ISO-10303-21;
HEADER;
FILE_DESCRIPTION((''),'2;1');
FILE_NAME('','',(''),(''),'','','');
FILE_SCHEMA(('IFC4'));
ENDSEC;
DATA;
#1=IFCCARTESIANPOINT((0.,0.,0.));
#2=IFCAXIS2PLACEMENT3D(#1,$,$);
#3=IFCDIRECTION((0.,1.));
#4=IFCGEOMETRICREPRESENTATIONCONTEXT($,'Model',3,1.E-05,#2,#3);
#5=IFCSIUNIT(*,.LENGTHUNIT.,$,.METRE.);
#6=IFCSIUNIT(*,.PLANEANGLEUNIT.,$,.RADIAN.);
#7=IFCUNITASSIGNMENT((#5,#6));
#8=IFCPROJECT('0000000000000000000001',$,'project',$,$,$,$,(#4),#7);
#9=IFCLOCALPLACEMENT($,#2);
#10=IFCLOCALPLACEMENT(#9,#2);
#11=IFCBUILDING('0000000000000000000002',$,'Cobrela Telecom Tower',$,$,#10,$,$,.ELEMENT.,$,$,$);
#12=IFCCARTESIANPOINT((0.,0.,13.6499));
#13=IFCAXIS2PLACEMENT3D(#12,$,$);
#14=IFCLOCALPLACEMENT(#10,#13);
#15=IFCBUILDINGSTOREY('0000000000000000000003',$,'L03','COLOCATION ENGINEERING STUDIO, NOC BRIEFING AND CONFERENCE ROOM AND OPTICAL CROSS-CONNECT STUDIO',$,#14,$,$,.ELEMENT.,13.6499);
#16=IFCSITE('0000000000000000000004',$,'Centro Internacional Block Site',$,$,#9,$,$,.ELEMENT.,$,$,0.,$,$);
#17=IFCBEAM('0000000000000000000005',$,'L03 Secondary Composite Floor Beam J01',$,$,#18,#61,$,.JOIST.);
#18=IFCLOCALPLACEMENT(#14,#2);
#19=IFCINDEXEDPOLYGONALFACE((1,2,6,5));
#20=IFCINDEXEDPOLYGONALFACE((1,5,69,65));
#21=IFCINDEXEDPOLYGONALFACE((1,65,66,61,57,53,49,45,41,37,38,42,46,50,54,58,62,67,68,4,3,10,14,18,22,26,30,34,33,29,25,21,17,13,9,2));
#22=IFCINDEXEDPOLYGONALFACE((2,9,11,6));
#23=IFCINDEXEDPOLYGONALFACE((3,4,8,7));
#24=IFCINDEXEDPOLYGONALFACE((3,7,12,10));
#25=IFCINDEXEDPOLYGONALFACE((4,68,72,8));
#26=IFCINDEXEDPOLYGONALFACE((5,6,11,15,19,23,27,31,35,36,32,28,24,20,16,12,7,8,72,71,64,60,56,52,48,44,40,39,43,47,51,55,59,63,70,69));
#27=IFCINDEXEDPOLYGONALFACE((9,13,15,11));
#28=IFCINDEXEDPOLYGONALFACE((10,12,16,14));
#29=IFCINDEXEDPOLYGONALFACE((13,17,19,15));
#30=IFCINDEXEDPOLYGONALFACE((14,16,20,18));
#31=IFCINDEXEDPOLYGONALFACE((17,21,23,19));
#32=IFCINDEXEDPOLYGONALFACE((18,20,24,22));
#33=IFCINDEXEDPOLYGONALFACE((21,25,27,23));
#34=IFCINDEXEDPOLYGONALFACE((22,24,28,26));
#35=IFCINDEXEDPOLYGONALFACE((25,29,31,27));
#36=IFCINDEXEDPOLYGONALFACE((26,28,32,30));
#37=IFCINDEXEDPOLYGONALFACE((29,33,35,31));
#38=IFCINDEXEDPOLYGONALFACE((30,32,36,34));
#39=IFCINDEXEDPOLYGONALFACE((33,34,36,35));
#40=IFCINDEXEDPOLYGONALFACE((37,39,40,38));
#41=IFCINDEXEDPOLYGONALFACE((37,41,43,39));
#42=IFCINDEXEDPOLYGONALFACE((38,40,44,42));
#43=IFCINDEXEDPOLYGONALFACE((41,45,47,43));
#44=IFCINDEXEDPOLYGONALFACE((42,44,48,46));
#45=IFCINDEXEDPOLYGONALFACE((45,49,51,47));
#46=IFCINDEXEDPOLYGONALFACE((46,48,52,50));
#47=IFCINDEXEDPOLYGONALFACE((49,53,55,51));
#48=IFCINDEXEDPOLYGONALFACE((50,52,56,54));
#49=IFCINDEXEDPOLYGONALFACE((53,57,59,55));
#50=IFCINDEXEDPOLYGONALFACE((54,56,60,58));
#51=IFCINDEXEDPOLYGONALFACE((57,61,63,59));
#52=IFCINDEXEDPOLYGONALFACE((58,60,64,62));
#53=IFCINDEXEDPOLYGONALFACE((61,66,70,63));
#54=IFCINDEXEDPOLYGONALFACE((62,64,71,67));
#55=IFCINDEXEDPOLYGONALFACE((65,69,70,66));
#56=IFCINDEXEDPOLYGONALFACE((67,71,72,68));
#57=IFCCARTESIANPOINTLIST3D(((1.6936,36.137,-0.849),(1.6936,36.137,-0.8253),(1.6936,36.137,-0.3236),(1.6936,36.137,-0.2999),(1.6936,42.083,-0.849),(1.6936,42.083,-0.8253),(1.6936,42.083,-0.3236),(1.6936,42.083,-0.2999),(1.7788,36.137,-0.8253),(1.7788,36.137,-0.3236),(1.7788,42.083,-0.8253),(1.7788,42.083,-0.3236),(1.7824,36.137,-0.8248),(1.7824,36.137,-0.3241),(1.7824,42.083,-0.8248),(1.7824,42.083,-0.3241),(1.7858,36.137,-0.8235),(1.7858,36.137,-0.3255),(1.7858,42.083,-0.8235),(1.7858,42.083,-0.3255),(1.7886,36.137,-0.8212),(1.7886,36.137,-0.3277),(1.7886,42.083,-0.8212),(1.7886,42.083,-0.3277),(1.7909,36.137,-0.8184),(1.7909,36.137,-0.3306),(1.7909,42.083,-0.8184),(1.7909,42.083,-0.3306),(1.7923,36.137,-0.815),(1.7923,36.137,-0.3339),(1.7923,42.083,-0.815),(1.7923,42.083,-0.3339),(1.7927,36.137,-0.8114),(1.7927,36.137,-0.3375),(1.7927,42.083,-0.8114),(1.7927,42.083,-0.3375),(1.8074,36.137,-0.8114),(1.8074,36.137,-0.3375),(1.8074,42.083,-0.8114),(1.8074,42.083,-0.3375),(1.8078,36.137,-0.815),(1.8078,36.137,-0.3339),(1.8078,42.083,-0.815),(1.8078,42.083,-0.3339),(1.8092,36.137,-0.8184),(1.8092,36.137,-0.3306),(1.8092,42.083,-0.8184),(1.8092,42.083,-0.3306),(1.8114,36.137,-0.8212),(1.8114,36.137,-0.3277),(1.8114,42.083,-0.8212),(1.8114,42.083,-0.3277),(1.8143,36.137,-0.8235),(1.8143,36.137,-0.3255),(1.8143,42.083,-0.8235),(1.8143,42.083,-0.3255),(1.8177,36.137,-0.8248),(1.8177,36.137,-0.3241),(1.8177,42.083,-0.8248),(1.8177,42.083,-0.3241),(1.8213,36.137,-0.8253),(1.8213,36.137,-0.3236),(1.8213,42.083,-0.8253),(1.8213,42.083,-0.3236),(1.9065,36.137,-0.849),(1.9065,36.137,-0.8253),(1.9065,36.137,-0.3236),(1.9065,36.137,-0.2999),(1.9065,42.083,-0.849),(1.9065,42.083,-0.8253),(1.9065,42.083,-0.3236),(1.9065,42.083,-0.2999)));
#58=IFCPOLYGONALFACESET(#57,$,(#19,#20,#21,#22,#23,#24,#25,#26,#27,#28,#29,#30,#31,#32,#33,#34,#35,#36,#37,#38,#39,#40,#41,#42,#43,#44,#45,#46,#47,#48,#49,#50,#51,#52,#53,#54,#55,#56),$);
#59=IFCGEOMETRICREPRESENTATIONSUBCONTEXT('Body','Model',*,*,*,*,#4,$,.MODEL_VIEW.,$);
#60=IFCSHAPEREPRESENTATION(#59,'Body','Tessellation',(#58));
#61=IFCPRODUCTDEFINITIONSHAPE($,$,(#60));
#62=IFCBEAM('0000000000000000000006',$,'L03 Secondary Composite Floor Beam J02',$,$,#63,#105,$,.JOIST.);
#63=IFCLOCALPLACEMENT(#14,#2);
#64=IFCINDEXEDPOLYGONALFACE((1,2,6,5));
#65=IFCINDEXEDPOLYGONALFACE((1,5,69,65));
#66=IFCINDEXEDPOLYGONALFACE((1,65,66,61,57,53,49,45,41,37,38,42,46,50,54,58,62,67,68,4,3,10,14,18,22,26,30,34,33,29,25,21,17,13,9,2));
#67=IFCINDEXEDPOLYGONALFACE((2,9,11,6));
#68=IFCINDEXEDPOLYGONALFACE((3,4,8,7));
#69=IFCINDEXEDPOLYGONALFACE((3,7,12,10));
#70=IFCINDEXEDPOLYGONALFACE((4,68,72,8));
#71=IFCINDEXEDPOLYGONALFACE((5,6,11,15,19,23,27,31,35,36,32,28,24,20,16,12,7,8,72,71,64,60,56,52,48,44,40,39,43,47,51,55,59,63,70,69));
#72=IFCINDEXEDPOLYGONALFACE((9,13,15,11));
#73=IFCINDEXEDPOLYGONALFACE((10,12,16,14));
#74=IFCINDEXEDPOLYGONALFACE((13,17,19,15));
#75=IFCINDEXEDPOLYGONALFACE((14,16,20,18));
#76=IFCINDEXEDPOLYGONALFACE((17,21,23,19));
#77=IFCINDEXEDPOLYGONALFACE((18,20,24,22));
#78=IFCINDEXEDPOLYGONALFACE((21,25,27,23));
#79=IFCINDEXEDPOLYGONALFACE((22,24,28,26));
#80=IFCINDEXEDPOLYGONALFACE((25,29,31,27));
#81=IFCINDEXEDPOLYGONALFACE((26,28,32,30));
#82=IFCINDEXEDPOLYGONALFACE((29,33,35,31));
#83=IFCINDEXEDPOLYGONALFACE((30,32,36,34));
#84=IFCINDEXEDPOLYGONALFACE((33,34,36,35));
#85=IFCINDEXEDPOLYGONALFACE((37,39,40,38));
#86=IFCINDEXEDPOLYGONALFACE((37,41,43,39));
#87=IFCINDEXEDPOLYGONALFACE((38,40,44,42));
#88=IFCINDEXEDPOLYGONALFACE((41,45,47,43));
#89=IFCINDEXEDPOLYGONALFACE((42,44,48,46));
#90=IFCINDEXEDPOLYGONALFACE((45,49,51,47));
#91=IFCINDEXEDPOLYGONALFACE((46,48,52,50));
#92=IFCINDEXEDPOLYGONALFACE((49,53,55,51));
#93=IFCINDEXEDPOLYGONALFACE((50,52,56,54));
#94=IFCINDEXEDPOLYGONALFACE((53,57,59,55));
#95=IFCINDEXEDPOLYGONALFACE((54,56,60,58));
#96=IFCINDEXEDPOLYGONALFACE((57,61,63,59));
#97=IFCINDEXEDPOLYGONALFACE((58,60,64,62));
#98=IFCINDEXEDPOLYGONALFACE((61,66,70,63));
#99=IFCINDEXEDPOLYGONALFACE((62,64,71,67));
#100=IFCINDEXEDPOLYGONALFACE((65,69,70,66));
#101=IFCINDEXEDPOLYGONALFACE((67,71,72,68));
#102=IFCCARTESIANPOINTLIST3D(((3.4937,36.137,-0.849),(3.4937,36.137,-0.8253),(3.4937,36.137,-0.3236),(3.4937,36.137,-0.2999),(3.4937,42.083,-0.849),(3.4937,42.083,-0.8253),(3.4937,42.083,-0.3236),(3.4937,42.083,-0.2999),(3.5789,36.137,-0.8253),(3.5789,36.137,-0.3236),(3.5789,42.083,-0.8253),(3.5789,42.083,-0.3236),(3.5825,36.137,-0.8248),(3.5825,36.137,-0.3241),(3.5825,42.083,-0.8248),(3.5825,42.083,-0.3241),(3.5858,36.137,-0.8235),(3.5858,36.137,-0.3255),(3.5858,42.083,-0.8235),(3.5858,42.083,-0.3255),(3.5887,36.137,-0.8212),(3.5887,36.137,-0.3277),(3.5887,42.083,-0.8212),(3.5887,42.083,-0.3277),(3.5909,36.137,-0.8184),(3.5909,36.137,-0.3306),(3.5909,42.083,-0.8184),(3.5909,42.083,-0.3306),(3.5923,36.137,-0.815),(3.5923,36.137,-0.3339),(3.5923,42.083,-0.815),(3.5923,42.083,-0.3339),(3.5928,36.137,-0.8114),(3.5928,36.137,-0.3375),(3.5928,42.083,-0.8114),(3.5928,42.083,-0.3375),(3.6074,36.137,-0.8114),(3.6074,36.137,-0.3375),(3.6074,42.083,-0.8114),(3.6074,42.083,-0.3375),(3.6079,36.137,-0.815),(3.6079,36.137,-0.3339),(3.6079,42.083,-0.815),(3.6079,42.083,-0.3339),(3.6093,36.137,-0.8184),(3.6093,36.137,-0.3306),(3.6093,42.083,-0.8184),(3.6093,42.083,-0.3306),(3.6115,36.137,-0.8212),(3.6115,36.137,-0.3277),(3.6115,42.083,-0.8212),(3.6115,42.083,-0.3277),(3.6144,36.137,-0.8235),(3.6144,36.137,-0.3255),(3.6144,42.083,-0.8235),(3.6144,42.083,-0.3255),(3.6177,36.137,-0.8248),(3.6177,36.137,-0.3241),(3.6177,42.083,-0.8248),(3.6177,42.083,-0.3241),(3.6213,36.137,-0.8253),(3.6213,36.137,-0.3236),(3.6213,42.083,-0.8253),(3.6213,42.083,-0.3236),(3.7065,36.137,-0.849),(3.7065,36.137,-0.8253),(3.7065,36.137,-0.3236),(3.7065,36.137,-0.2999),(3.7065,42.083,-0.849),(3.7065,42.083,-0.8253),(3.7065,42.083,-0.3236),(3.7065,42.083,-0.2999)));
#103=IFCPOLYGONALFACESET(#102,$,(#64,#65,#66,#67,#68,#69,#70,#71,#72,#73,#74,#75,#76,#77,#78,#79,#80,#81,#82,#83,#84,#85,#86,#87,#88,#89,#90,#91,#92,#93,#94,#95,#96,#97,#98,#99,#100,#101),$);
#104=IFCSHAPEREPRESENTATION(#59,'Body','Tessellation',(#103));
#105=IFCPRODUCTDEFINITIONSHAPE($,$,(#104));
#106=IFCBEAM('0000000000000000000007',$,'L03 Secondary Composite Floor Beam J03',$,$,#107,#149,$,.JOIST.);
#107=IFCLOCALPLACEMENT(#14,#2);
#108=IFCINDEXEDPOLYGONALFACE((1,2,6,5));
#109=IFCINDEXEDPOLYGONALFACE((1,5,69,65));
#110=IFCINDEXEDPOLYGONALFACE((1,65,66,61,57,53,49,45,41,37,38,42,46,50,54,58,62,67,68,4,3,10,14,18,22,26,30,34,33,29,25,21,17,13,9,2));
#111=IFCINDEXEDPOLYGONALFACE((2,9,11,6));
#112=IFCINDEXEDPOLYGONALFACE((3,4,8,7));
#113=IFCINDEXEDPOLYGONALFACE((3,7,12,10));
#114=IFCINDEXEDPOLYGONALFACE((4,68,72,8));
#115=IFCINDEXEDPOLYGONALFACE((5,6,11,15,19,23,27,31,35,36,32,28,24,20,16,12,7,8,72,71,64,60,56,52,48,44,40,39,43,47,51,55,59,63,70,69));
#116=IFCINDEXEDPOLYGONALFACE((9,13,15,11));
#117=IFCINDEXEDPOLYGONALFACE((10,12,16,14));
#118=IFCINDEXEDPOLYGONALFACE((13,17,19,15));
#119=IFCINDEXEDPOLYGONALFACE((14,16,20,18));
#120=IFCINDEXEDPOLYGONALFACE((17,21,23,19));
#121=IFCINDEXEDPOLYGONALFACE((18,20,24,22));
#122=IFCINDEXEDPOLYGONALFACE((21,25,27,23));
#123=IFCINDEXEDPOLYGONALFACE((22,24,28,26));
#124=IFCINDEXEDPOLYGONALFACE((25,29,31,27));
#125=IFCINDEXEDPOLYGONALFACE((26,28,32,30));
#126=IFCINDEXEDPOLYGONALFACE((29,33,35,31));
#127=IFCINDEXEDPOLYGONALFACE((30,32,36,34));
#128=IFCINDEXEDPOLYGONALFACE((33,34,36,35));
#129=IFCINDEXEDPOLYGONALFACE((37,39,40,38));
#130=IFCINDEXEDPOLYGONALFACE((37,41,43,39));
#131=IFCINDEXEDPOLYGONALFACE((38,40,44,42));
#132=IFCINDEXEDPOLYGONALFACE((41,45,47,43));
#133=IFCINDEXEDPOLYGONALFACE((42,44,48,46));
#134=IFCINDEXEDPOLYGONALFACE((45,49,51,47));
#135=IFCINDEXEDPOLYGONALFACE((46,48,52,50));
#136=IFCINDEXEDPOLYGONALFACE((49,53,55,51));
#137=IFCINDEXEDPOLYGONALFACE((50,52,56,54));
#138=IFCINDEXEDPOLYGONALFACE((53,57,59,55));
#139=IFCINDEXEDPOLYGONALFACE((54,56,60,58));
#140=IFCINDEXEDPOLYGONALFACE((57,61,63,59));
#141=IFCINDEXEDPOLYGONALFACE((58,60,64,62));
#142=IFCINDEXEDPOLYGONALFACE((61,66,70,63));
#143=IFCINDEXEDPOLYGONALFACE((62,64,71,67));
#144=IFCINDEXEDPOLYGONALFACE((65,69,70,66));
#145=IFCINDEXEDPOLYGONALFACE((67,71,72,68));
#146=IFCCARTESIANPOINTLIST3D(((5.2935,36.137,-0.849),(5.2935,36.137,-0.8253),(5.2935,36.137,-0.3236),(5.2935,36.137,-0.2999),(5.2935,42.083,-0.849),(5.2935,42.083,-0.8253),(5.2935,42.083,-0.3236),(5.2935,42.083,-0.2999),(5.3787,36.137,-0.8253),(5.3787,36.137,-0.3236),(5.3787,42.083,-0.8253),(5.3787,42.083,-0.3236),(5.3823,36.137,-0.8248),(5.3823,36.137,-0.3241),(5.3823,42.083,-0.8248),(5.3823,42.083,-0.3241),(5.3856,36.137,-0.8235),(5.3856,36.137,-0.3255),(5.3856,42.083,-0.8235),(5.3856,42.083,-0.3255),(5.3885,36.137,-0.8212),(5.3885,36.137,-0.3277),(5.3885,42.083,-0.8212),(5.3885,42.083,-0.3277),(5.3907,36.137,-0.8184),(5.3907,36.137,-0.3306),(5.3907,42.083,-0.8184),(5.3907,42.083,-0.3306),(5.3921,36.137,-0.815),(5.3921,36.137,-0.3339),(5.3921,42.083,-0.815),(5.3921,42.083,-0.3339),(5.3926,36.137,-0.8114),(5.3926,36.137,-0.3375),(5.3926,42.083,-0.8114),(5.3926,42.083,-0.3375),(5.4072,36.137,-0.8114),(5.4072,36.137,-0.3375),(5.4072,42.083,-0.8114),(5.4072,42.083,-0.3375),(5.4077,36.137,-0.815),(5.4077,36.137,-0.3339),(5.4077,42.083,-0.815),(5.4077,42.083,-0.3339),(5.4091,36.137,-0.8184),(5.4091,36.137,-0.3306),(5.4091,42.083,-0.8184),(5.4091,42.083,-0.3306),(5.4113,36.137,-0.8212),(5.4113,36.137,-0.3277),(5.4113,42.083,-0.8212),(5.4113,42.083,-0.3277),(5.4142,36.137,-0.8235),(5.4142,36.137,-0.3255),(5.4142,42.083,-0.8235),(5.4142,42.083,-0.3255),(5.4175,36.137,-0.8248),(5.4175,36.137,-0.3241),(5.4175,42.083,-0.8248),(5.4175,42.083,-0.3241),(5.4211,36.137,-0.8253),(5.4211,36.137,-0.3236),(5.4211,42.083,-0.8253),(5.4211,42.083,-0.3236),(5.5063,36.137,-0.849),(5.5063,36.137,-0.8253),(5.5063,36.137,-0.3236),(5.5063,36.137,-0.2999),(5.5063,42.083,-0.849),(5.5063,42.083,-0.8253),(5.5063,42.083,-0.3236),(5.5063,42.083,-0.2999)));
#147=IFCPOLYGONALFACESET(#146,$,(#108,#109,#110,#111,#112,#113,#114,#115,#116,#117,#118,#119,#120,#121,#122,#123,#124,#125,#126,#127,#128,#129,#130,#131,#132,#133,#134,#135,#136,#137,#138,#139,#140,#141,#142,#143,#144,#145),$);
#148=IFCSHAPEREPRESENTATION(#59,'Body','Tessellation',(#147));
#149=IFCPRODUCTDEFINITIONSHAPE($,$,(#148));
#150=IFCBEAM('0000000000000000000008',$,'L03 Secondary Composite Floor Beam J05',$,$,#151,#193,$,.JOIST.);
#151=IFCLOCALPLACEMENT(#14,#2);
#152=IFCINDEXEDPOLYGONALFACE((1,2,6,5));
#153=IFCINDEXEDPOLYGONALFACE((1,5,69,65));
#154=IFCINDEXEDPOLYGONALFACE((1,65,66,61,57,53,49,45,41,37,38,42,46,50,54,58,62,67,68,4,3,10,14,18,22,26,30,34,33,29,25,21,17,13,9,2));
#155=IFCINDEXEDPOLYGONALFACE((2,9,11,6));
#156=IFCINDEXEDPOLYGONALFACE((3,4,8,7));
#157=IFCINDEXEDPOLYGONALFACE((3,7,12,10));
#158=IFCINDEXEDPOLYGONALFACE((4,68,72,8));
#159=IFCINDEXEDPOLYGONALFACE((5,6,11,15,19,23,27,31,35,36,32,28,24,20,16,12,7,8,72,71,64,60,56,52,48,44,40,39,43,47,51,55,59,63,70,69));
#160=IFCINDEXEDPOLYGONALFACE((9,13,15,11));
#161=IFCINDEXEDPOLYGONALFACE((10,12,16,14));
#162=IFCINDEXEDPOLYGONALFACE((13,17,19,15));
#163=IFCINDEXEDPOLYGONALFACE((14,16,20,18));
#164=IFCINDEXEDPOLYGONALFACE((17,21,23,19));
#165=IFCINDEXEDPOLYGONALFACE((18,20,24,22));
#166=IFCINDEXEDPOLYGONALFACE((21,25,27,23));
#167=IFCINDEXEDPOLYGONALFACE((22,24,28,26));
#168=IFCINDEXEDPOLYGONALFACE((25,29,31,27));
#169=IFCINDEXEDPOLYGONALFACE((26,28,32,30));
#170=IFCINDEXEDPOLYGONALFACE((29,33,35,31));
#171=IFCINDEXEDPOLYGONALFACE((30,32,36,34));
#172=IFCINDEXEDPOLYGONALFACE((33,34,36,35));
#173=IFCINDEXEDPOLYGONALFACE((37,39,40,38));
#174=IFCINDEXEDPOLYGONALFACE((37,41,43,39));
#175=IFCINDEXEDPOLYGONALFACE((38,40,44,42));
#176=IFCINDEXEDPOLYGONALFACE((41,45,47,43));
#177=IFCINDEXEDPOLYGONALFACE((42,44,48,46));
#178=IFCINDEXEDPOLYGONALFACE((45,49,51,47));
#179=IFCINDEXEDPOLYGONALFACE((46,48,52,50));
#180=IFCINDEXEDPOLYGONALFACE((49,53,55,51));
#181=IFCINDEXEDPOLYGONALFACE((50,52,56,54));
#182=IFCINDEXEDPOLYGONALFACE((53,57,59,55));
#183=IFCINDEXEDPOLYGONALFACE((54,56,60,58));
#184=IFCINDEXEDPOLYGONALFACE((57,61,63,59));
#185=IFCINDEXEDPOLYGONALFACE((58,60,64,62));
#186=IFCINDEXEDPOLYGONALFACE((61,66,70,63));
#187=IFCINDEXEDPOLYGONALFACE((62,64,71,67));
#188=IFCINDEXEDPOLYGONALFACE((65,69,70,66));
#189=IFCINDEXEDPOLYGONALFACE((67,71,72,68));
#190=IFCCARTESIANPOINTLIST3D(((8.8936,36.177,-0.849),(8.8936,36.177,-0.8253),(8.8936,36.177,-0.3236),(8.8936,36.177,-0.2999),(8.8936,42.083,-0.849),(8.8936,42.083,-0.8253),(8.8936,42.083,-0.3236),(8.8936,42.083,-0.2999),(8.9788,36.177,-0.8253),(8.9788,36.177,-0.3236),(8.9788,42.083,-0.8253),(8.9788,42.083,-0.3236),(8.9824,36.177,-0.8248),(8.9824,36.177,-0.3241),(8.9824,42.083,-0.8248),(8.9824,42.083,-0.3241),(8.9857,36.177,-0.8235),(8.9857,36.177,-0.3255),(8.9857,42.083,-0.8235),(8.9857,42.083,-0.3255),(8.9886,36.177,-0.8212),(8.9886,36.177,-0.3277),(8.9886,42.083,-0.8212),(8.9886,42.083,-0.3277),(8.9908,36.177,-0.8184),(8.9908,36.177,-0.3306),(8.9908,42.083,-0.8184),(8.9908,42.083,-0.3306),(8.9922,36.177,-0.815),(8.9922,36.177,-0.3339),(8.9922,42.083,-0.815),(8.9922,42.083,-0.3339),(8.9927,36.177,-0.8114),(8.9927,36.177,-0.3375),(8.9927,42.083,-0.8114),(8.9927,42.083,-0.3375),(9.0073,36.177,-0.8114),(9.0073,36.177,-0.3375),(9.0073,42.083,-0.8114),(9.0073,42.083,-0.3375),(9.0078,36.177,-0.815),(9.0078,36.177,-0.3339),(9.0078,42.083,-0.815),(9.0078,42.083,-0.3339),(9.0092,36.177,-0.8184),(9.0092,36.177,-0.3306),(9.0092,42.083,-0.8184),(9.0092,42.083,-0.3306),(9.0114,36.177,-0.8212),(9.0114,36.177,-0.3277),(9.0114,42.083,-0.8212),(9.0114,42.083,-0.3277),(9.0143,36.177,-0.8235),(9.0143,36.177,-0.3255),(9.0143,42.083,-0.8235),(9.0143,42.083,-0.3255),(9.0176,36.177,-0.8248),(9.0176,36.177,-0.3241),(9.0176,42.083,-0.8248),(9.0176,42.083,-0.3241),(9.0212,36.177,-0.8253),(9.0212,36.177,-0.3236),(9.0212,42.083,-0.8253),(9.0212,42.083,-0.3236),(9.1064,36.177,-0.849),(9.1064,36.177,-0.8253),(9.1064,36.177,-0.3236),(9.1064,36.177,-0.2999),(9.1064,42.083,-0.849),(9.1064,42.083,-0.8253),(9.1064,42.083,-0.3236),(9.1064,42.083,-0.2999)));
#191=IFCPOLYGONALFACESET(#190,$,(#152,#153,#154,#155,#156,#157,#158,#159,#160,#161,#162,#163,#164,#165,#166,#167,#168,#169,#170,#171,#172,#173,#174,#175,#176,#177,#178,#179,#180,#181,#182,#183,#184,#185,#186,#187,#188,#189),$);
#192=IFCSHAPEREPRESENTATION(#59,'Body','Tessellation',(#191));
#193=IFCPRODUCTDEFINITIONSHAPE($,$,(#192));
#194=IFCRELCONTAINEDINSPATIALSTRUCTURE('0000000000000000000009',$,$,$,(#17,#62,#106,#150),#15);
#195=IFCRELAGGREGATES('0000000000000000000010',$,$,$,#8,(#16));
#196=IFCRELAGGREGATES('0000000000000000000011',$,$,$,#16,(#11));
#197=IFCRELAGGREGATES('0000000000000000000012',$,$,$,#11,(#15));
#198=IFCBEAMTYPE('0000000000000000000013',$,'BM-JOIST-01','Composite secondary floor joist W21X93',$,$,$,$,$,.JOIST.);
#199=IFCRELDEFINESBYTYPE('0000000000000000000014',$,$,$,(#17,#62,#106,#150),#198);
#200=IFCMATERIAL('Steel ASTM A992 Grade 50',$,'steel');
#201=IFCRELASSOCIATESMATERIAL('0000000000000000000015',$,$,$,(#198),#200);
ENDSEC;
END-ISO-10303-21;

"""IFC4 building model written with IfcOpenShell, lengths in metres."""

from ifc_helpers import new_model, si_unit, direction, frame, origin, origin_2d, place, context, subcontext, project, spatial, i_section, extrude, material, material_profile, profile_set, type_object, element, save


model = new_model("IFC4")

# Units and contexts
model_context = context("Model", 3, precision=1e-05, world=origin(), true_north=direction((0.0, 1.0)))
body_context = subcontext(model_context, "Body", "Model", "MODEL_VIEW")
ifc_project = project(units=[si_unit("LENGTHUNIT", "METRE"), si_unit("PLANEANGLEUNIT", "RADIAN")], contexts=[model_context])

# Site, building, storey
site_placement = place(None, origin())
site = spatial("IfcSite", under=ifc_project, at=site_placement, Name="Centro Internacional Block Site", CompositionType="ELEMENT", RefElevation=0.0)
building_placement = place(site_placement, origin())
building = spatial("IfcBuilding", under=site, at=building_placement, Name="Cobrela Telecom Tower", CompositionType="ELEMENT")
storey_placement = place(building_placement, frame((0.0, 0.0, 13.6499)))
storey = spatial("IfcBuildingStorey", under=building, at=storey_placement, Name="L03", Description="COLOCATION ENGINEERING STUDIO, NOC BRIEFING AND CONFERENCE ROOM AND OPTICAL CROSS-CONNECT STUDIO", CompositionType="ELEMENT", Elevation=13.6499)

# Beams
ifc_material_1 = material(Name="Steel ASTM A992 Grade 50", Category="steel")
ifc_material_profile_1 = material_profile(ifc_material_1, i_section(OverallWidth=0.2129, OverallDepth=0.5491, WebThickness=0.0146, FlangeThickness=0.0237, FilletRadius=0.0139, at=origin_2d()), Name="W21X93")
ifc_profile_set_1 = profile_set([ifc_material_profile_1], Name="Steel ASTM A992 Grade 50")
beam_type_1 = type_object("IfcBeamType", Name="BM-JOIST-01", Description="Composite secondary floor joist W21X93", PredefinedType="JOIST", material=ifc_profile_set_1)
for number, where, z_axis, x_axis, name in (
    (1, (1.8, 36.137, -0.5745), (0.0, 1.0, 0.0), (-1.0, 0.0, 0.0), "L03 Secondary Composite Floor Beam J01"),
    (2, (3.6001, 36.137, -0.5745), (0.0, 1.0, 0.0), (-1.0, 0.0, 0.0), "L03 Secondary Composite Floor Beam J02"),
    (3, (5.3999, 36.137, -0.5745), (0.0, 1.0, 0.0), (-1.0, 0.0, 0.0), "L03 Secondary Composite Floor Beam J03"),
):
    element("IfcBeam", number, at=place(storey_placement, frame(where, z_axis=z_axis, x_axis=x_axis)), inside=storey, type_object=beam_type_1, Name=name, PredefinedType="JOIST", context=body_context, shape_type="SweptSolid", body=[
        extrude(i_section(OverallWidth=0.2129, OverallDepth=0.5491, WebThickness=0.0146, FlangeThickness=0.0237, FilletRadius=0.0139, at=origin_2d()), origin(), (0.0, 0.0, 1.0), 5.946),
    ])
beam_1_placement = place(storey_placement, frame((9.0, 36.177, -0.5745), z_axis=(0.0, 1.0, 0.0), x_axis=(-1.0, 0.0, 0.0)))
element("IfcBeam", 4, at=beam_1_placement, inside=storey, type_object=beam_type_1, Name="L03 Secondary Composite Floor Beam J05", PredefinedType="JOIST", context=body_context, shape_type="SweptSolid", body=[
    extrude(i_section(OverallWidth=0.2129, OverallDepth=0.5491, WebThickness=0.0146, FlangeThickness=0.0237, FilletRadius=0.0139, at=origin_2d()), origin(), (0.0, 0.0, 1.0), 5.906),
])

save(model, "model.ifc")
